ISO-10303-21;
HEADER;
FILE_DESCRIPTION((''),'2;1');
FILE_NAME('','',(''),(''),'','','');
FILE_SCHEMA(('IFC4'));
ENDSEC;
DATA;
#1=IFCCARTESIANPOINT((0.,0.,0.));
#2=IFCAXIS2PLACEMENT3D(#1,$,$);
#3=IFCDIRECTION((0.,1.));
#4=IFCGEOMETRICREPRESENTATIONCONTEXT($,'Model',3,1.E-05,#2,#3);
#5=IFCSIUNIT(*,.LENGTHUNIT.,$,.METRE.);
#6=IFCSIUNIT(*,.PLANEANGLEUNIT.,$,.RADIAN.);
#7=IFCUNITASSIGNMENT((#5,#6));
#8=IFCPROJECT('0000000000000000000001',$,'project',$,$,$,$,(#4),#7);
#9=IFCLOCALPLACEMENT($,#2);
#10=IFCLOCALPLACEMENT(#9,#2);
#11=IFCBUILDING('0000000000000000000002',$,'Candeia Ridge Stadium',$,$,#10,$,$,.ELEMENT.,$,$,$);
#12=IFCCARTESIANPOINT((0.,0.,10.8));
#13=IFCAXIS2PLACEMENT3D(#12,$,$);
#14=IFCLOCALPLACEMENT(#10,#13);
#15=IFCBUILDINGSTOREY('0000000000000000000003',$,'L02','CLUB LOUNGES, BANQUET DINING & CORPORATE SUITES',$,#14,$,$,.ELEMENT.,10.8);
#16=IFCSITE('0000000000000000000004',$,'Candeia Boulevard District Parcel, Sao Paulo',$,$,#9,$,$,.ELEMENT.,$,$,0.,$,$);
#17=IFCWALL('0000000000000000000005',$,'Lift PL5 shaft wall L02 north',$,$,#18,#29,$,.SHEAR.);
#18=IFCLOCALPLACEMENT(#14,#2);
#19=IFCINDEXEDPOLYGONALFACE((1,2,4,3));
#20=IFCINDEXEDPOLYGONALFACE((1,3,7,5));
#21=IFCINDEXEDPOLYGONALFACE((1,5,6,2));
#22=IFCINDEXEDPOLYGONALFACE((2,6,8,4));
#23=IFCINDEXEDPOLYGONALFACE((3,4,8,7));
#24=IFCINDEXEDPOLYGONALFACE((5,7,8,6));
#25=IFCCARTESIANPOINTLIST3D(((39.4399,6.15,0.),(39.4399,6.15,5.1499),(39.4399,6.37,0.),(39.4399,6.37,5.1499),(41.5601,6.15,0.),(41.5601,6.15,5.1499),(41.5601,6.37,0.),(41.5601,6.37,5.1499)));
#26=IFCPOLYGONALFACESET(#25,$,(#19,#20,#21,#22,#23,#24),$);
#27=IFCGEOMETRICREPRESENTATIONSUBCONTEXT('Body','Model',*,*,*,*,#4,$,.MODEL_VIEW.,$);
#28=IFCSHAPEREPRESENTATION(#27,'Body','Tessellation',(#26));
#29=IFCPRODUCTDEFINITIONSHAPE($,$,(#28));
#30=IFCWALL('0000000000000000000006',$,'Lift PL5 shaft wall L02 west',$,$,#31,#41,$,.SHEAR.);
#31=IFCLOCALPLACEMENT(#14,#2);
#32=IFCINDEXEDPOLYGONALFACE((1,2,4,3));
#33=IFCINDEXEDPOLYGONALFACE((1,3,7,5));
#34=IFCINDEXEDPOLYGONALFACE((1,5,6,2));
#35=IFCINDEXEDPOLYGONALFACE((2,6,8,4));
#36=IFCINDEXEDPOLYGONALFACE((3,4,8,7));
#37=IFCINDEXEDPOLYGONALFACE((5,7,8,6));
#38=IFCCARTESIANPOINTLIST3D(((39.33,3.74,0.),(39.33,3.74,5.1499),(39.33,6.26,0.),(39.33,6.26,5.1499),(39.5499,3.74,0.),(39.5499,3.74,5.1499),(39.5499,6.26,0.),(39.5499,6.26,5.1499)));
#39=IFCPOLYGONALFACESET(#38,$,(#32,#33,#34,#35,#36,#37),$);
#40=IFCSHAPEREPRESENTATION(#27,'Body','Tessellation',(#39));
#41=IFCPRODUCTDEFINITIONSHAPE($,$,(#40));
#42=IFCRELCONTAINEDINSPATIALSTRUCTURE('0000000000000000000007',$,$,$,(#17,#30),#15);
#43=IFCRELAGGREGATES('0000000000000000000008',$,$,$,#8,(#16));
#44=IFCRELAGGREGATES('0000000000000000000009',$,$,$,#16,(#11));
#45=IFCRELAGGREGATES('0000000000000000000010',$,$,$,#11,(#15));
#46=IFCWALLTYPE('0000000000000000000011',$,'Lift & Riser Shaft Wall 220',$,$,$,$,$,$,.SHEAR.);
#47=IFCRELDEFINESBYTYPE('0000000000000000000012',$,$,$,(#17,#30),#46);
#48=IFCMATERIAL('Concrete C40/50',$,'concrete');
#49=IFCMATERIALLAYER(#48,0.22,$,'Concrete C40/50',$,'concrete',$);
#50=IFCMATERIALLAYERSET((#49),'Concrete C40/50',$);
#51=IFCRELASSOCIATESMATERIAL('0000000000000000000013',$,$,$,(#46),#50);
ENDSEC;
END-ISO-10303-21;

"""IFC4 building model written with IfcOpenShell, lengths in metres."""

from ifc_helpers import new_model, si_unit, direction, frame, frame_2d, origin, place, context, subcontext, project, spatial, rectangle, extrude, material, layer, layer_set, type_object, element, save


model = new_model("IFC4")

# Units and contexts
model_context = context("Model", 3, precision=1e-05, world=origin(), true_north=direction((0.0, 1.0)))
body_context = subcontext(model_context, "Body", "Model", "MODEL_VIEW")
ifc_project = project(units=[si_unit("LENGTHUNIT", "METRE"), si_unit("PLANEANGLEUNIT", "RADIAN")], contexts=[model_context])

# Site, building, storey
site_placement = place(None, origin())
site = spatial("IfcSite", under=ifc_project, at=site_placement, Name="Candeia Boulevard District Parcel, Sao Paulo", CompositionType="ELEMENT", RefElevation=0.0)
building_placement = place(site_placement, origin())
building = spatial("IfcBuilding", under=site, at=building_placement, Name="Candeia Ridge Stadium", CompositionType="ELEMENT")
storey_placement = place(building_placement, frame((0.0, 0.0, 10.8)))
storey = spatial("IfcBuildingStorey", under=building, at=storey_placement, Name="L02", Description="CLUB LOUNGES, BANQUET DINING & CORPORATE SUITES", CompositionType="ELEMENT", Elevation=10.8)

# Shared definitions
ifc_material_1 = material(Name="Concrete C40/50", Category="concrete")

# Shared definitions
ifc_layer_1 = layer(ifc_material_1, 0.22, Name="Concrete C40/50", Category="concrete")
ifc_layer_set_1 = layer_set([ifc_layer_1], Name="Concrete C40/50")
wall_type = type_object("IfcWallType", Name="Lift & Riser Shaft Wall 220", PredefinedType="SHEAR", material=ifc_layer_set_1)

# Walls
wall_1_placement = place(storey_placement, frame((41.5601, 6.26, 0.0), z_axis=(0.0, 0.0, 1.0), x_axis=(-1.0, 0.0, 0.0)))
element("IfcWall", 1, at=wall_1_placement, inside=storey, type_object=wall_type, Name="Lift PL5 shaft wall L02 north", PredefinedType="SHEAR", context=body_context, shape_type="SweptSolid", body=[
    extrude(rectangle(XDim=2.1201, YDim=0.22, at=frame_2d((1.0601, 0.0))), origin(), (0.0, 0.0, 1.0), 5.1499),
])
wall_2_placement = place(storey_placement, frame((39.4399, 6.26, 0.0), z_axis=(0.0, 0.0, 1.0), x_axis=(0.0, -1.0, 0.0)))
element("IfcWall", 2, at=wall_2_placement, inside=storey, type_object=wall_type, Name="Lift PL5 shaft wall L02 west", PredefinedType="SHEAR", context=body_context, shape_type="SweptSolid", body=[
    extrude(rectangle(XDim=2.52, YDim=0.22, at=frame_2d((1.26, 0.0))), origin(), (0.0, 0.0, 1.0), 5.1499),
])

save(model, "model.ifc")
